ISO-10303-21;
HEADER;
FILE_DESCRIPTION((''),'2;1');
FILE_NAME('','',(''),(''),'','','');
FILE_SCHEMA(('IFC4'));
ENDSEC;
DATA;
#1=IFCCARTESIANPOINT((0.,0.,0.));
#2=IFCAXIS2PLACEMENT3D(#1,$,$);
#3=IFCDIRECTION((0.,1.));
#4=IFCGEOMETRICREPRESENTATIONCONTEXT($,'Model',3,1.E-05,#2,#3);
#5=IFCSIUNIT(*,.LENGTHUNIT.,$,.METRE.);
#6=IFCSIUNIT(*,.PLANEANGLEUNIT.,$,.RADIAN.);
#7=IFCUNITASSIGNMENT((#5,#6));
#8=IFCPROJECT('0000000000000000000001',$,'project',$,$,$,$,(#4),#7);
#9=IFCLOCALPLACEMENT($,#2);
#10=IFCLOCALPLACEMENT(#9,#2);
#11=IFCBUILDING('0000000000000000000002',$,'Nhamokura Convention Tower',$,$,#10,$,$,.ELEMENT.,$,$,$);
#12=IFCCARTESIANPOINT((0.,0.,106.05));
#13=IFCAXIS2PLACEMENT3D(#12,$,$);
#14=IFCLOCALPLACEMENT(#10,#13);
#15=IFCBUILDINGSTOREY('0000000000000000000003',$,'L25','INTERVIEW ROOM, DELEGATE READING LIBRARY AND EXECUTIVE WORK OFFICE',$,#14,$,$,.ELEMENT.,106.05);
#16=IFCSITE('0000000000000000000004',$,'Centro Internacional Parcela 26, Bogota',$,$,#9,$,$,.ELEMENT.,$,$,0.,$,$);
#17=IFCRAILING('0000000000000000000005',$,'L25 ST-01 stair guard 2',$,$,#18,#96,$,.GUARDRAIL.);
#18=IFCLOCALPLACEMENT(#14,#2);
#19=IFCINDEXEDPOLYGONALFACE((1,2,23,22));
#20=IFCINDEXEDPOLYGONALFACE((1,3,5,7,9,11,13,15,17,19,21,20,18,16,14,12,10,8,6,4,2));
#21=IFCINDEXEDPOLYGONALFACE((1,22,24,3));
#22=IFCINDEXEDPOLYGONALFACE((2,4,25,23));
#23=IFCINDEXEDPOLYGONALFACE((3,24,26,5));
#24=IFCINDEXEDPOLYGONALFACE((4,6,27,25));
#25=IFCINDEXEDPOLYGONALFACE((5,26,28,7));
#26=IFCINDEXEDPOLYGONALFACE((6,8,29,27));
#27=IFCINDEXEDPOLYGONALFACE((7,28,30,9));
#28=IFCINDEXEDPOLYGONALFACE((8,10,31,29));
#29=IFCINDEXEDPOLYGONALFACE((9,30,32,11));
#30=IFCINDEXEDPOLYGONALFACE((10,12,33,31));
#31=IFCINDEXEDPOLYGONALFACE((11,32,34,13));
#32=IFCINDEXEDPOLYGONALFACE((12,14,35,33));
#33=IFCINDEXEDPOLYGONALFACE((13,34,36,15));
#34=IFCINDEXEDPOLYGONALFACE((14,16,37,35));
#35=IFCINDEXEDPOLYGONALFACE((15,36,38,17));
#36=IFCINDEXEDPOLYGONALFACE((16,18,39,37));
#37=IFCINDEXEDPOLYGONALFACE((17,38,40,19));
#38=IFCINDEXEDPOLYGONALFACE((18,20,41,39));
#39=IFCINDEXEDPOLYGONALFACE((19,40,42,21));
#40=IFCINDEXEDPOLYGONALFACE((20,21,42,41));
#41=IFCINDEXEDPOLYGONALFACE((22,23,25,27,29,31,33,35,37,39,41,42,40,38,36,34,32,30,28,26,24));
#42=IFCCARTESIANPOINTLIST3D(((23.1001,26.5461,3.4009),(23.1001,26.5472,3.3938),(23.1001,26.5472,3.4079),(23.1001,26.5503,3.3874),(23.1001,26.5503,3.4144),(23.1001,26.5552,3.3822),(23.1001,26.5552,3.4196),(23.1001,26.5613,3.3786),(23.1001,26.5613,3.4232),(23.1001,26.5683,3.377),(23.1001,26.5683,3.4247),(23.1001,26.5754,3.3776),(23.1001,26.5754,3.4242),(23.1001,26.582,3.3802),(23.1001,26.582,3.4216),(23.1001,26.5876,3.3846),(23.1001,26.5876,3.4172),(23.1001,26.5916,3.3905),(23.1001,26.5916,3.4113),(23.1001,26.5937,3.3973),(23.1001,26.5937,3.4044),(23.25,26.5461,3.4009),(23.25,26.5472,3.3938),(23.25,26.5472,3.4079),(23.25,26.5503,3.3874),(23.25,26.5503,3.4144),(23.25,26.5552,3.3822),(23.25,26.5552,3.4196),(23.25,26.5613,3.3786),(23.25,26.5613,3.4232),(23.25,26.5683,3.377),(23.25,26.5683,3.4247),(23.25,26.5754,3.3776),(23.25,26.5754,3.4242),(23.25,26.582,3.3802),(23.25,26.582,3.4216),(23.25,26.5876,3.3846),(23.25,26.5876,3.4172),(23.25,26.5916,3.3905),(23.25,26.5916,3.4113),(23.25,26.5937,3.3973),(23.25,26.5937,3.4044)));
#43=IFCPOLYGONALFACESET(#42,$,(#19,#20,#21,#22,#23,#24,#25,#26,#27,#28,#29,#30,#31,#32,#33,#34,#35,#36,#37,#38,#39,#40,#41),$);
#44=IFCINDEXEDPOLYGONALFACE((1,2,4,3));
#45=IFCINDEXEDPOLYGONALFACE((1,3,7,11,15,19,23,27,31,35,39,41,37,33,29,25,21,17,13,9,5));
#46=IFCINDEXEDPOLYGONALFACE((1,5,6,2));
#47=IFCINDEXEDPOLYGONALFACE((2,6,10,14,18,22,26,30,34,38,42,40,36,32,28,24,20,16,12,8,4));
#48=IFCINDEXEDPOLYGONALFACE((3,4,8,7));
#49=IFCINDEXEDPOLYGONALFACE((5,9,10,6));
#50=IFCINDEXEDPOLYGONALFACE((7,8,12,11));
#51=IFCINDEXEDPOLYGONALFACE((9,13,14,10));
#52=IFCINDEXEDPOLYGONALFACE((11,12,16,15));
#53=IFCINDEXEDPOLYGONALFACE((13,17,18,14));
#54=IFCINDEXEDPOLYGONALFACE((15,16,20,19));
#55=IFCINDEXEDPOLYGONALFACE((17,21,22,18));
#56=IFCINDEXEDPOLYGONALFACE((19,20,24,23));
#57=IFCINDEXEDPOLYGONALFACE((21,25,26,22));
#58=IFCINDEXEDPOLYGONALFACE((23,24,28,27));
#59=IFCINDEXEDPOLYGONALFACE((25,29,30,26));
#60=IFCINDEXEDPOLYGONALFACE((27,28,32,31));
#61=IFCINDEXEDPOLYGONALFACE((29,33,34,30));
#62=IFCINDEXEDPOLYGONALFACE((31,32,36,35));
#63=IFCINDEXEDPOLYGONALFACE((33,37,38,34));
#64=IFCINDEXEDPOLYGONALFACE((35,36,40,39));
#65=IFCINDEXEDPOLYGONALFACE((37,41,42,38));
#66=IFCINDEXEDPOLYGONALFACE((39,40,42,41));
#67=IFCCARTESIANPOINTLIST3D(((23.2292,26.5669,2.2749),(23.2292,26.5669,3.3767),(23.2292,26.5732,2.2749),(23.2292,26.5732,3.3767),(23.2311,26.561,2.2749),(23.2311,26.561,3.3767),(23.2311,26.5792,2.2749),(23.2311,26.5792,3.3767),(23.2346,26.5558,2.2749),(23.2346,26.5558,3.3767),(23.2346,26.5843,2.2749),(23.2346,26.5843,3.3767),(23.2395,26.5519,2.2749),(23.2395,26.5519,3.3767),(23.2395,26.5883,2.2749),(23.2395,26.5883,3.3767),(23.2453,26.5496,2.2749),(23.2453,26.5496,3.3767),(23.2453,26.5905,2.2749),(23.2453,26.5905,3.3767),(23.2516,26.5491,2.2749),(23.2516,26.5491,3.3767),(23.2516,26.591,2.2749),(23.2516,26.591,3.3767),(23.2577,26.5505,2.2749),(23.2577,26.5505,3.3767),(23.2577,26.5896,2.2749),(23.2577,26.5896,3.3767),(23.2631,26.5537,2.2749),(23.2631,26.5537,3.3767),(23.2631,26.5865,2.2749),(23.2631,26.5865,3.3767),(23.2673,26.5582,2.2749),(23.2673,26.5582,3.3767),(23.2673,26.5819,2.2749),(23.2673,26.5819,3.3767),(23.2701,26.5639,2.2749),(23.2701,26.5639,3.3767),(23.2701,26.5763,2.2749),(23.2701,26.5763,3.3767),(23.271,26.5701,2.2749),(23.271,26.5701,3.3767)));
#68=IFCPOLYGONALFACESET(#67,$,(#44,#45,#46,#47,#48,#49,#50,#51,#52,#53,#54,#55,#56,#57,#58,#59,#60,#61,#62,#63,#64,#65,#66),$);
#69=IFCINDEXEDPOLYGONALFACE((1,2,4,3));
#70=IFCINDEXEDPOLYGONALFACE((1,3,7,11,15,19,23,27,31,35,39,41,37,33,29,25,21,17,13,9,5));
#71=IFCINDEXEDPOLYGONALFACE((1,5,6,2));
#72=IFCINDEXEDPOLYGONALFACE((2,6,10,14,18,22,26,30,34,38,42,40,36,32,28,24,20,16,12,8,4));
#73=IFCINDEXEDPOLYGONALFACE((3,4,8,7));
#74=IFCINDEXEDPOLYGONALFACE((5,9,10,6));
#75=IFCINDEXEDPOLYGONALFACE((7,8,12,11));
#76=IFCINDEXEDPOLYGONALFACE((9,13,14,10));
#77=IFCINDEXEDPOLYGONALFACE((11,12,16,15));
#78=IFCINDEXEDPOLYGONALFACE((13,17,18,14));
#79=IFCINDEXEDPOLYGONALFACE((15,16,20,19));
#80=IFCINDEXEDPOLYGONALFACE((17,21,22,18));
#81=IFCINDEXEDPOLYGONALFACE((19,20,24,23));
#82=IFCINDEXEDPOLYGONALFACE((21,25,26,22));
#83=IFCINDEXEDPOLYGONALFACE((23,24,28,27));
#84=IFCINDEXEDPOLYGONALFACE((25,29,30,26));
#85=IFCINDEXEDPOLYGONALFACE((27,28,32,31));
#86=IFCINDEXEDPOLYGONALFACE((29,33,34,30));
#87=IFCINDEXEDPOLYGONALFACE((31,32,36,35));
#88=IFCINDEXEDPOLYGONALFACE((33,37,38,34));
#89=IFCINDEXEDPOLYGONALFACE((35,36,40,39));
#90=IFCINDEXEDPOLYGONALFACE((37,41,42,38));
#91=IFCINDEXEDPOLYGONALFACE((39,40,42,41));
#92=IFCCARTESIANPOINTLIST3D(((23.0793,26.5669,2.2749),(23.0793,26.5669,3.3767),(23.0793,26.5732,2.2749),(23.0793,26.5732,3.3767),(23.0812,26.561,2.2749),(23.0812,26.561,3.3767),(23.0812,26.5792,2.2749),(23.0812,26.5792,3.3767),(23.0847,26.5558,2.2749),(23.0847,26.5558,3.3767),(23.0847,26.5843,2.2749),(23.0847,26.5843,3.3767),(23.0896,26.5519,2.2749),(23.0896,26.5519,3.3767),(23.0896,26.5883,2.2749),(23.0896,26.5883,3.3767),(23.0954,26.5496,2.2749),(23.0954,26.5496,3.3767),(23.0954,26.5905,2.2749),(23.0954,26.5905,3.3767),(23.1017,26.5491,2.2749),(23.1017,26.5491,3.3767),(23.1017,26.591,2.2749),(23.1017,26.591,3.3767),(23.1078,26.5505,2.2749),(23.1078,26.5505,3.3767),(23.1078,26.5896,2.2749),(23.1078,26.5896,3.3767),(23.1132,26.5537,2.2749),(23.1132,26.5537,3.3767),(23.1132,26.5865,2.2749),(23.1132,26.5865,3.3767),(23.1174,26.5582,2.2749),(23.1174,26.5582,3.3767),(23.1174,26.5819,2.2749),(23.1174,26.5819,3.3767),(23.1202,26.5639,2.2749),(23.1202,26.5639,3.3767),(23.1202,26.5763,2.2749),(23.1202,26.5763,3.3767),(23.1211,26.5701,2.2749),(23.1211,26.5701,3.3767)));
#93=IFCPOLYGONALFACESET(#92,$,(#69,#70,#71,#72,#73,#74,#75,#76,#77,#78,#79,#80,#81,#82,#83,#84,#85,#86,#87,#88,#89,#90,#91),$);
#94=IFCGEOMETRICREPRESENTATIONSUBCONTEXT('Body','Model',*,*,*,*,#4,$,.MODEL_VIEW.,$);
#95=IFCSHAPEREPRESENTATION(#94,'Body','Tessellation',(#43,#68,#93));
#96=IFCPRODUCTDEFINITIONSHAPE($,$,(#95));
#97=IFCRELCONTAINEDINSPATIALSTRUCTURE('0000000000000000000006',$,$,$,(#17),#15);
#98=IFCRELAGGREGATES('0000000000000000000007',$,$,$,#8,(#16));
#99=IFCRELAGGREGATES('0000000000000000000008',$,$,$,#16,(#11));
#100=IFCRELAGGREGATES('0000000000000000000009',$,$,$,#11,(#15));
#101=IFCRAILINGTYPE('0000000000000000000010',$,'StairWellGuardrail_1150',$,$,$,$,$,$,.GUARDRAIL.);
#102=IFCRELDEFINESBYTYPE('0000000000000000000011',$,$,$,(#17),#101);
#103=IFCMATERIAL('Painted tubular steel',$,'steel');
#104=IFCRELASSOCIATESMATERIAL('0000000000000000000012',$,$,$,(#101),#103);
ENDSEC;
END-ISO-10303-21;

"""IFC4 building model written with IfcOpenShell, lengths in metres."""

from ifc_helpers import new_model, si_unit, direction, frame, origin, origin_2d, place, context, subcontext, project, spatial, circle, extrude, material, type_object, element, save


model = new_model("IFC4")

# Units and contexts
model_context = context("Model", 3, precision=1e-05, world=origin(), true_north=direction((0.0, 1.0)))
body_context = subcontext(model_context, "Body", "Model", "MODEL_VIEW")
ifc_project = project(units=[si_unit("LENGTHUNIT", "METRE"), si_unit("PLANEANGLEUNIT", "RADIAN")], contexts=[model_context])

# Site, building, storey
site_placement = place(None, origin())
site = spatial("IfcSite", under=ifc_project, at=site_placement, Name="Centro Internacional Parcela 26, Bogota", CompositionType="ELEMENT", RefElevation=0.0)
building_placement = place(site_placement, origin())
building = spatial("IfcBuilding", under=site, at=building_placement, Name="Nhamokura Convention Tower", CompositionType="ELEMENT")
storey_placement = place(building_placement, frame((0.0, 0.0, 106.05)))
storey = spatial("IfcBuildingStorey", under=building, at=storey_placement, Name="L25", Description="INTERVIEW ROOM, DELEGATE READING LIBRARY AND EXECUTIVE WORK OFFICE", CompositionType="ELEMENT", Elevation=106.05)

# Railing
ifc_material_1 = material(Name="Painted tubular steel", Category="steel")
railing_type_1 = type_object("IfcRailingType", Name="StairWellGuardrail_1150", PredefinedType="GUARDRAIL", material=ifc_material_1)
railing_1_placement = place(storey_placement, frame((23.25, 26.5701, 2.2749)))
element("IfcRailing", 1, at=railing_1_placement, inside=storey, type_object=railing_type_1, Name="L25 ST-01 stair guard 2", PredefinedType="GUARDRAIL", context=body_context, shape_type="SweptSolid", body=[
    extrude(circle(Radius=0.0239, at=origin_2d()), frame((0.0, 0.0, 1.126), z_axis=(-1.0, 0.0, 0.0), x_axis=(0.0, -1.0, 0.0)), (0.0, 0.0, 1.0), 0.1499),
    extrude(circle(Radius=0.021, at=origin_2d()), origin(), (0.0, 0.0, 1.0), 1.1018),
    extrude(circle(Radius=0.021, at=origin_2d()), frame((-0.1499, 0.0, 0.0)), (0.0, 0.0, 1.0), 1.1018),
])

save(model, "model.ifc")
